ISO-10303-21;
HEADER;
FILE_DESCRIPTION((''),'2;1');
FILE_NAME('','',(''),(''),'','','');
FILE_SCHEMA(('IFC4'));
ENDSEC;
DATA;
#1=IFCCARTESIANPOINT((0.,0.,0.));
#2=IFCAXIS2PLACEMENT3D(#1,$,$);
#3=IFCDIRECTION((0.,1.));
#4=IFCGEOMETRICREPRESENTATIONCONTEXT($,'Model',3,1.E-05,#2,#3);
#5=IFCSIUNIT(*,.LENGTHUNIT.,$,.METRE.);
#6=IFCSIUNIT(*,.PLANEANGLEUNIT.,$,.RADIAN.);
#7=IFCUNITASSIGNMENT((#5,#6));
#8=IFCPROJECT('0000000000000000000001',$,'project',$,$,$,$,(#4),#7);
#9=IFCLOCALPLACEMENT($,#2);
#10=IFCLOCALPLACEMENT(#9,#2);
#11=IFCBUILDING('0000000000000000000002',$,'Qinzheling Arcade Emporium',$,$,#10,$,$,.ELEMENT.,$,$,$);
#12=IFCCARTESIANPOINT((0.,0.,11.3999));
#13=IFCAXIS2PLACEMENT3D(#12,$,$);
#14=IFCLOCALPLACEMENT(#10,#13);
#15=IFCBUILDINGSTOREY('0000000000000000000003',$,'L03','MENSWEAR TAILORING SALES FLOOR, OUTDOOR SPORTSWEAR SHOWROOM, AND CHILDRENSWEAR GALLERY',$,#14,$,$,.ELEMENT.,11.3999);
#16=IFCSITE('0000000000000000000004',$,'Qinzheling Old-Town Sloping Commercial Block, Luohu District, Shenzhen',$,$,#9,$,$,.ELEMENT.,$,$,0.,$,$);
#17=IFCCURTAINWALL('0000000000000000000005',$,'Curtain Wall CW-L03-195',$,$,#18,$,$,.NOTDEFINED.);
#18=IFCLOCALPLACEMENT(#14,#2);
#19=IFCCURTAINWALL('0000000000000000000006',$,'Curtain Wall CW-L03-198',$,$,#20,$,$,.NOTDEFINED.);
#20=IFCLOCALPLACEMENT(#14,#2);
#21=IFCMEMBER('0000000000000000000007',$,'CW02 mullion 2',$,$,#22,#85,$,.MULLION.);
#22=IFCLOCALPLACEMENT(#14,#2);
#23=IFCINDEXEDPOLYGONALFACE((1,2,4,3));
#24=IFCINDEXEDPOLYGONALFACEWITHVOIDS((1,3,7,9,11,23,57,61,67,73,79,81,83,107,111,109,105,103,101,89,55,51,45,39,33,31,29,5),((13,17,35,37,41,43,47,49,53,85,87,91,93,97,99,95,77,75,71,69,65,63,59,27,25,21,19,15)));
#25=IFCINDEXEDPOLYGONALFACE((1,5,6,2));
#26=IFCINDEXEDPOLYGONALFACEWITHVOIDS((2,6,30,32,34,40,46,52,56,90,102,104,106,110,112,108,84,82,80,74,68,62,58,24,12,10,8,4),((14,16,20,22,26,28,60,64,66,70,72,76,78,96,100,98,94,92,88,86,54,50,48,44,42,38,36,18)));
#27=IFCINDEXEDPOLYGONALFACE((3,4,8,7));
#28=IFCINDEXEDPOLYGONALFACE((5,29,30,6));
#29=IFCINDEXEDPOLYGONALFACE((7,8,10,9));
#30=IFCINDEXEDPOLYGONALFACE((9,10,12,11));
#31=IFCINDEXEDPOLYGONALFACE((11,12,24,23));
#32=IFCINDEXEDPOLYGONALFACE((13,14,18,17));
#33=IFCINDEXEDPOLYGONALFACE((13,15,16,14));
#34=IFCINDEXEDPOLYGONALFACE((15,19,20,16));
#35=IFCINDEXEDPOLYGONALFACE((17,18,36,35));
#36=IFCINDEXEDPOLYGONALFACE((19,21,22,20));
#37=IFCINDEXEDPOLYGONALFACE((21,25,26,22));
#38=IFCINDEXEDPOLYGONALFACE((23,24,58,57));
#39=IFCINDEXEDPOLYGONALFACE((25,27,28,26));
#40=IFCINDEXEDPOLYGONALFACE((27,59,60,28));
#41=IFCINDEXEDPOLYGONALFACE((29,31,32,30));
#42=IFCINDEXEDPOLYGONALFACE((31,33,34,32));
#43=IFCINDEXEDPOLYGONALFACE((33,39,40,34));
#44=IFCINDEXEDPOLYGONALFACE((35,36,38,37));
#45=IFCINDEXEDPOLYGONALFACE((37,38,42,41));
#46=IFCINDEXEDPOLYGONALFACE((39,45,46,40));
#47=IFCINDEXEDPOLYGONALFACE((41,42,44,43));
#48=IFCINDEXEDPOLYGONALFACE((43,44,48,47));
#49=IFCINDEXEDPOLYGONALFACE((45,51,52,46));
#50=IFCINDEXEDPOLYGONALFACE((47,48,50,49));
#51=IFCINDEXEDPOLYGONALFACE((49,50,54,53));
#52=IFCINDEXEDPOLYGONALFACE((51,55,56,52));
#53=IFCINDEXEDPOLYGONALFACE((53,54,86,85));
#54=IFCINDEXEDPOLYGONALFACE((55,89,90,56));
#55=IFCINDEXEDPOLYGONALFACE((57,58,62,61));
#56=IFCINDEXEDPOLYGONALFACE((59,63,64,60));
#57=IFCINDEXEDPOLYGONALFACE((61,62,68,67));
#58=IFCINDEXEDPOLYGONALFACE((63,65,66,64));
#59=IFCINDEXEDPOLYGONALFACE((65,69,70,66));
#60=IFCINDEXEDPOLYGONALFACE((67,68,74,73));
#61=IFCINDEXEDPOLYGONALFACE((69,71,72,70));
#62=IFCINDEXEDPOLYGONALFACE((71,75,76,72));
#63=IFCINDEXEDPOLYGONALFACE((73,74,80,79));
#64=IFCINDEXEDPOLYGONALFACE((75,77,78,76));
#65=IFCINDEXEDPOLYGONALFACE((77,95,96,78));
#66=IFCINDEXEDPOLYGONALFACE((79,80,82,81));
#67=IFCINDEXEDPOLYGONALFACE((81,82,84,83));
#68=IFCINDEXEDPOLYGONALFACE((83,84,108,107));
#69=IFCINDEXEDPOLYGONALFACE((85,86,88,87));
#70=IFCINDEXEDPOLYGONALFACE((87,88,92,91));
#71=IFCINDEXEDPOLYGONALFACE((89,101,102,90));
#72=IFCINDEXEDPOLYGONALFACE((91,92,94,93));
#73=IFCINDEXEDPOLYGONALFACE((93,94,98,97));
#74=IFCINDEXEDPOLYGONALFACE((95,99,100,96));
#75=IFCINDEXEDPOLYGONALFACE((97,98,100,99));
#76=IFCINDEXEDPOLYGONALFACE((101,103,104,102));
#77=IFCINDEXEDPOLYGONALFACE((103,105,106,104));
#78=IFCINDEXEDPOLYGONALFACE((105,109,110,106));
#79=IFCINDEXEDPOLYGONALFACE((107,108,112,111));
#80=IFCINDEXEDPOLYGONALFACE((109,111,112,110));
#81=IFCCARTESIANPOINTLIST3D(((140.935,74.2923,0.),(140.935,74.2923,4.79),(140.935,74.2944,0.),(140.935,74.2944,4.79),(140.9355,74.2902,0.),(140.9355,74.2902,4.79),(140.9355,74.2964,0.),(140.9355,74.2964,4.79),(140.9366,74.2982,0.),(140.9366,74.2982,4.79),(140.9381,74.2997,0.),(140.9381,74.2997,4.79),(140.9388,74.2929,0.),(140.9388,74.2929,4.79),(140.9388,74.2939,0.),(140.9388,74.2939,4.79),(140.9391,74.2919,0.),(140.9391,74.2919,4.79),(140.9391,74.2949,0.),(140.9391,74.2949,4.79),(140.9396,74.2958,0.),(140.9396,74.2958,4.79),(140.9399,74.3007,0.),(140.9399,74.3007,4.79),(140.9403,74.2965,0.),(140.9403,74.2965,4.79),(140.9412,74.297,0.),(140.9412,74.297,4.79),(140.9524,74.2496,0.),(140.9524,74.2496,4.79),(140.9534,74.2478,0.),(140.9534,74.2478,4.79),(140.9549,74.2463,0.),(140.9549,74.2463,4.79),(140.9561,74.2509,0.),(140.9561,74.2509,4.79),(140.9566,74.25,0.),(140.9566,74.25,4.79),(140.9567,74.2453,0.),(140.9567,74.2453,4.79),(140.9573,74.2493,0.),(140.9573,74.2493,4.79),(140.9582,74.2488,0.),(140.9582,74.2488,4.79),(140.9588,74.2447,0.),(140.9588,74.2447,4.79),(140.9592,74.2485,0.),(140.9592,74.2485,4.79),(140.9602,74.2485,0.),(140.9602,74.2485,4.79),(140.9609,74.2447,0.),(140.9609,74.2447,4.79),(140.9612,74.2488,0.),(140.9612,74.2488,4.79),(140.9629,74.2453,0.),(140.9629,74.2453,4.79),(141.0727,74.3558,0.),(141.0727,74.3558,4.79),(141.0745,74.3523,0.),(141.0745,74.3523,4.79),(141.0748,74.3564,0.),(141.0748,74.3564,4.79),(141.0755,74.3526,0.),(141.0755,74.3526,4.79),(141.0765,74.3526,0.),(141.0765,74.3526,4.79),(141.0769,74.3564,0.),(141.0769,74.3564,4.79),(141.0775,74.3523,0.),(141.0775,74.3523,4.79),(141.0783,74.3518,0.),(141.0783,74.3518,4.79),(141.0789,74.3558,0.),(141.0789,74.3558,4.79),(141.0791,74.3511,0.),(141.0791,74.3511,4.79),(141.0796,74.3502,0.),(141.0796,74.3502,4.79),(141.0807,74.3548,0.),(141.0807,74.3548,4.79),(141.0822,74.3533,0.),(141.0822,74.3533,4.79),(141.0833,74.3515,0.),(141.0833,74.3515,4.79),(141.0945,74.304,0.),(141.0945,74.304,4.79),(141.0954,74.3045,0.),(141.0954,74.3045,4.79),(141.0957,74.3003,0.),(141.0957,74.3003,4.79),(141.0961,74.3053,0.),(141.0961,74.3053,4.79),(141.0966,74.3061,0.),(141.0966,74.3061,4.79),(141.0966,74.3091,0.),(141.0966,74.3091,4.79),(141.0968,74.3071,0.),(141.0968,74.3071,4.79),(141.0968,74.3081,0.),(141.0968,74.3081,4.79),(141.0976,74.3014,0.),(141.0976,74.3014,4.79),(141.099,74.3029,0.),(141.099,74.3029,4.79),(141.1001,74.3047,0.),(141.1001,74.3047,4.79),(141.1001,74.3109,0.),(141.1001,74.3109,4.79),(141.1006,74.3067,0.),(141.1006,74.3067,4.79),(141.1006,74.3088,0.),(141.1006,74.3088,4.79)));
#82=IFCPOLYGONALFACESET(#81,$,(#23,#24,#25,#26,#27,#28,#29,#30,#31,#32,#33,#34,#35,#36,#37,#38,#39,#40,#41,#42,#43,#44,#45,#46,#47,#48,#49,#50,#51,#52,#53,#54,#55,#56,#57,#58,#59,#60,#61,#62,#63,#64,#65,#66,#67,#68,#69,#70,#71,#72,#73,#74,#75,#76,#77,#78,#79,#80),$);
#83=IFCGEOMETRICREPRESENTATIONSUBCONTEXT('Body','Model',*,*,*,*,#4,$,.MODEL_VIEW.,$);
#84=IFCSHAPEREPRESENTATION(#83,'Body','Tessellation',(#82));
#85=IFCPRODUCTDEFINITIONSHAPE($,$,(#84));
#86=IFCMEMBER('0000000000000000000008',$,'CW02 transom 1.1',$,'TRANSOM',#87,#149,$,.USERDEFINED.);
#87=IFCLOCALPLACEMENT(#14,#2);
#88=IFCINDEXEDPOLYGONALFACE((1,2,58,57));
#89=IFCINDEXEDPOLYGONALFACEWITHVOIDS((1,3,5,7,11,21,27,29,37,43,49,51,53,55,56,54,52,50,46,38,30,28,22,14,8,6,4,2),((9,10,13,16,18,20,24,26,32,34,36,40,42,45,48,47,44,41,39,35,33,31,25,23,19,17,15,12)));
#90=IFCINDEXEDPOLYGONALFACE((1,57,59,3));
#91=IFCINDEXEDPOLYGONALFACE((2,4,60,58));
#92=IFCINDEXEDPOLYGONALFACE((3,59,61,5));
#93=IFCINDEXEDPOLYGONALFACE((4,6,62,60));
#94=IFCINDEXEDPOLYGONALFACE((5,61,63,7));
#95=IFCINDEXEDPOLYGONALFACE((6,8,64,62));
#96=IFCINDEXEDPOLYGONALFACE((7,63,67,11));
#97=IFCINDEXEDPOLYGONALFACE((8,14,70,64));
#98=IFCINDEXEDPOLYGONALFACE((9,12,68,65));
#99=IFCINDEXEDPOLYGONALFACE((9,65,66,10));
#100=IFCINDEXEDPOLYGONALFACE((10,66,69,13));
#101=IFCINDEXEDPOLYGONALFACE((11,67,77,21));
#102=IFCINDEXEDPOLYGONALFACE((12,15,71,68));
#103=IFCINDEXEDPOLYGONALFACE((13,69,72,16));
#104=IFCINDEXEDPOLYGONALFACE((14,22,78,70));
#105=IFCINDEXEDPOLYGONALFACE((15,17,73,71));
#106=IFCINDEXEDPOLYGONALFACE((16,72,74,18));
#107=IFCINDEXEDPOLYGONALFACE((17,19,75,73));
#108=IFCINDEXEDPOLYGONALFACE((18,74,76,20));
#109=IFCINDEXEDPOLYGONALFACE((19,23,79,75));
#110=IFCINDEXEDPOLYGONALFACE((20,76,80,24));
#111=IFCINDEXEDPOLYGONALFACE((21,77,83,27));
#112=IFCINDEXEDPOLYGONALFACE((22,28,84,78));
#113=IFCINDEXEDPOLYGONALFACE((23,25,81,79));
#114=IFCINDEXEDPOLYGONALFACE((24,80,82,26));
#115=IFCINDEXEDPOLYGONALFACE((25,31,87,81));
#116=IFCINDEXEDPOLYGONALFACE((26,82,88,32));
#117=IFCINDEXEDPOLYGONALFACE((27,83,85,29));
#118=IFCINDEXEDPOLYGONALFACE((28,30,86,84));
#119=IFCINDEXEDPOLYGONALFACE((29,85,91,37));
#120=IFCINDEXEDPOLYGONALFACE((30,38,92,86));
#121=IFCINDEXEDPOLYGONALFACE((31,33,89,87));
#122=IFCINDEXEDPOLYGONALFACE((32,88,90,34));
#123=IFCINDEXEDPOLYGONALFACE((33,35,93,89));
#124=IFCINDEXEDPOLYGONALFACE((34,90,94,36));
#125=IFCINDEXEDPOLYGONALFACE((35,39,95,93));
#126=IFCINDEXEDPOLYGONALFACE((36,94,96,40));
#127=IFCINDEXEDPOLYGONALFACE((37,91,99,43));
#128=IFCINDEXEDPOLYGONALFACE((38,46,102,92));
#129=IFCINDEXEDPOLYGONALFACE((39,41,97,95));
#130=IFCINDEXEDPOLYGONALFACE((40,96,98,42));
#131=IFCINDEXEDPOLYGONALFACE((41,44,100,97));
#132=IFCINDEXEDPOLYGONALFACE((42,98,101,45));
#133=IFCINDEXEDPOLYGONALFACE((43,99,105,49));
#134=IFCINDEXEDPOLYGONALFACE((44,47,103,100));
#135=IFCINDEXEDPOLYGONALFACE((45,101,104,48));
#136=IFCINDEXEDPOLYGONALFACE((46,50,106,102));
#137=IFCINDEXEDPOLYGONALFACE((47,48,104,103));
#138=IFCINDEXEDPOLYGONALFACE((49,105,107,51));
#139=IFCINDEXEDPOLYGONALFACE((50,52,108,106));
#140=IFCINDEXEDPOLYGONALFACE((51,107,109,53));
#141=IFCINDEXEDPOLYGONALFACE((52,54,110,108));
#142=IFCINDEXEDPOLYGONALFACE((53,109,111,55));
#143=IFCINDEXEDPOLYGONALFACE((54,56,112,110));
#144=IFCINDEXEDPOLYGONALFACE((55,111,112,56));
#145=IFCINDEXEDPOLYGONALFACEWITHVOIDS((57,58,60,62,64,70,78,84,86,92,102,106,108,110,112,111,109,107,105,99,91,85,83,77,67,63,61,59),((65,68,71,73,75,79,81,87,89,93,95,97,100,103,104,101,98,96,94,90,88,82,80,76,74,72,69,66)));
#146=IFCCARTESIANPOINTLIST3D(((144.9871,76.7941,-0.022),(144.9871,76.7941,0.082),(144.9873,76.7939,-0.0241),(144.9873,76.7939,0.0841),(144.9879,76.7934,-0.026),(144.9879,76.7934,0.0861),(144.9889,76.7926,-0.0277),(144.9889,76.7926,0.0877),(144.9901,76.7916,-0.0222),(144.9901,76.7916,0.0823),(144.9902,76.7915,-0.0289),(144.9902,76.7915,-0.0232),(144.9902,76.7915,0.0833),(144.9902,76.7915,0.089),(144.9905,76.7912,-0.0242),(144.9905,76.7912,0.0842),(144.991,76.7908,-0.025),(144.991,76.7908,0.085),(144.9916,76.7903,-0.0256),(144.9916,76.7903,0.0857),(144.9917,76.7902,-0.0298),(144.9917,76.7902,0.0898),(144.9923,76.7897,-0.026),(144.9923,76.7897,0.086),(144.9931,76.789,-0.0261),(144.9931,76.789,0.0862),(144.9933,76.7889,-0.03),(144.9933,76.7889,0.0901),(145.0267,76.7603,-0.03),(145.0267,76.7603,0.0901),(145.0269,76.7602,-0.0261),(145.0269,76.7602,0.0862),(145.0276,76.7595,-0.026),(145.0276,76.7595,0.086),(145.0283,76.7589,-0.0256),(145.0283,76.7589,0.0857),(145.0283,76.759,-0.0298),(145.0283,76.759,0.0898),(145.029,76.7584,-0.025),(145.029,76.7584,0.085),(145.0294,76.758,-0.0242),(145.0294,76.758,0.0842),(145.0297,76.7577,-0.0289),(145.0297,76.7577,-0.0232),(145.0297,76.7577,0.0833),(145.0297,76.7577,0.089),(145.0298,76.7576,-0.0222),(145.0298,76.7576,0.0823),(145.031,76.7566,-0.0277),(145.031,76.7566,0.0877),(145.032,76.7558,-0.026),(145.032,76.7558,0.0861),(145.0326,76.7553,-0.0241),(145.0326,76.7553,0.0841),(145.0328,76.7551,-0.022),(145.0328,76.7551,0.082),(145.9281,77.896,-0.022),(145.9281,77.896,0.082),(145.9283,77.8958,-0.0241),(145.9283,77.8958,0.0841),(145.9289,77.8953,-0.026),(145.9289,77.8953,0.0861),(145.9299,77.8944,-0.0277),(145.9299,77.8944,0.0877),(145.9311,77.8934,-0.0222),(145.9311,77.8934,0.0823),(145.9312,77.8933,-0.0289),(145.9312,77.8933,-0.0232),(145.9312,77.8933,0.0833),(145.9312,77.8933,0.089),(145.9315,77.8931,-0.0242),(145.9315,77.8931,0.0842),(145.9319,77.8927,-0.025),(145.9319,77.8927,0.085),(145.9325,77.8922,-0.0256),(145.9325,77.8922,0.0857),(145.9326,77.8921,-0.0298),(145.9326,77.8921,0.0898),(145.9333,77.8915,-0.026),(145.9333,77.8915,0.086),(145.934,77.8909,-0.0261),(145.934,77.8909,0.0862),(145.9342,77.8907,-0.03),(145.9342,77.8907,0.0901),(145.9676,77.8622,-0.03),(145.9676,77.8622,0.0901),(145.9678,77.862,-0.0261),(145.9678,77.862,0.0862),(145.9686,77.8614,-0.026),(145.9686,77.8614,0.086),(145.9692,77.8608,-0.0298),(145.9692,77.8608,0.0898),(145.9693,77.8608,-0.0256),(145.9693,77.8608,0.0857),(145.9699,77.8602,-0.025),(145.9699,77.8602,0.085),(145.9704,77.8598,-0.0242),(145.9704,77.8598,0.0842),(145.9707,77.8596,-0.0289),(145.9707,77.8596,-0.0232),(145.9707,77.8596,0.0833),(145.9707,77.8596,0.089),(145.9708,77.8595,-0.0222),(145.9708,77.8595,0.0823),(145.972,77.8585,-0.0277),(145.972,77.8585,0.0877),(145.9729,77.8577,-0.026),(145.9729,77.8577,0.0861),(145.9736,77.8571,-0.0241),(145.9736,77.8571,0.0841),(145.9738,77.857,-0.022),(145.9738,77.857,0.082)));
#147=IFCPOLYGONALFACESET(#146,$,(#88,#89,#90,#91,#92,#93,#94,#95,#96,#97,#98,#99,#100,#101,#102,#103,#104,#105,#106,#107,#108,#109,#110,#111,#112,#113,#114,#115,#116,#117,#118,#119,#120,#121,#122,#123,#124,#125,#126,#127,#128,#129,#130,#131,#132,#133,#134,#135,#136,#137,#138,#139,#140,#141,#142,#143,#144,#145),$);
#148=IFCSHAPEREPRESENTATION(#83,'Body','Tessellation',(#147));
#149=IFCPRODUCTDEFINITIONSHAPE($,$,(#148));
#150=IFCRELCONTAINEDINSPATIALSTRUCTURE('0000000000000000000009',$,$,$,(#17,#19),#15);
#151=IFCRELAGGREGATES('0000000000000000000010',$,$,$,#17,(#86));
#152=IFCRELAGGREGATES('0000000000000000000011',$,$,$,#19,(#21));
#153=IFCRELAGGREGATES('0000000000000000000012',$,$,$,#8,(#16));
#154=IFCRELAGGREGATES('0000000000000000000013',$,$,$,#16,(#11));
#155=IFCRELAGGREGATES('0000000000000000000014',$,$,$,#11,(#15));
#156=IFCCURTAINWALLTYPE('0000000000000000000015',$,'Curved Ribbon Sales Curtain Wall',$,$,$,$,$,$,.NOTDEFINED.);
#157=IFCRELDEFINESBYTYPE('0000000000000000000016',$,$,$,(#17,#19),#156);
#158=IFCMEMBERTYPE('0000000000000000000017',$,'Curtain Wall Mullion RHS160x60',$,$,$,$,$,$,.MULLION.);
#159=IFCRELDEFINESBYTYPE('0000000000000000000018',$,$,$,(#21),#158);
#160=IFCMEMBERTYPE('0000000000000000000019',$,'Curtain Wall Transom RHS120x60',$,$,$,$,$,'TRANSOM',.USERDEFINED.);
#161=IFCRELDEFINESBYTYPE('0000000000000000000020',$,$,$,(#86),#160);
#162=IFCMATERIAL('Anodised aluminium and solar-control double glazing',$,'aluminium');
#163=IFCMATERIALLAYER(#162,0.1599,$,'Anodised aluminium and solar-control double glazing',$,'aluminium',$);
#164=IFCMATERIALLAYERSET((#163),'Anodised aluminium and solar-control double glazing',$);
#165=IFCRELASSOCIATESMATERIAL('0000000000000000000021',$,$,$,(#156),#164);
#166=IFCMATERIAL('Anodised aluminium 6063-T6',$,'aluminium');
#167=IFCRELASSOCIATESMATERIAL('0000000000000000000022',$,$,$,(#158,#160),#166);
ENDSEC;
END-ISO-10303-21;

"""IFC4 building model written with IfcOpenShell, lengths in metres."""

from ifc_helpers import new_model, si_unit, direction, frame, origin, origin_2d, place, context, subcontext, project, spatial, hollow_rectangle, extrude, material, layer, layer_set, material_profile, profile_set, type_object, element, aggregate, save


model = new_model("IFC4")

# Units and contexts
model_context = context("Model", 3, precision=1e-05, world=origin(), true_north=direction((0.0, 1.0)))
body_context = subcontext(model_context, "Body", "Model", "MODEL_VIEW")
ifc_project = project(units=[si_unit("LENGTHUNIT", "METRE"), si_unit("PLANEANGLEUNIT", "RADIAN")], contexts=[model_context])

# Site, building, storey
site_placement = place(None, origin())
site = spatial("IfcSite", under=ifc_project, at=site_placement, Name="Qinzheling Old-Town Sloping Commercial Block, Luohu District, Shenzhen", CompositionType="ELEMENT", RefElevation=0.0)
building_placement = place(site_placement, origin())
building = spatial("IfcBuilding", under=site, at=building_placement, Name="Qinzheling Arcade Emporium", CompositionType="ELEMENT")
storey_placement = place(building_placement, frame((0.0, 0.0, 11.3999)))
storey = spatial("IfcBuildingStorey", under=building, at=storey_placement, Name="L03", Description="MENSWEAR TAILORING SALES FLOOR, OUTDOOR SPORTSWEAR SHOWROOM, AND CHILDRENSWEAR GALLERY", CompositionType="ELEMENT", Elevation=11.3999)

# Shared definitions
ifc_material_1 = material(Name="Anodised aluminium and solar-control double glazing", Category="aluminium")
ifc_layer_1 = layer(ifc_material_1, 0.1599, Name="Anodised aluminium and solar-control double glazing", Category="aluminium")
ifc_layer_set_1 = layer_set([ifc_layer_1], Name="Anodised aluminium and solar-control double glazing")
curtain_wall_type = type_object("IfcCurtainWallType", Name="Curved Ribbon Sales Curtain Wall", PredefinedType="NOTDEFINED", material=ifc_layer_set_1)
ifc_material_2 = material(Name="Anodised aluminium 6063-T6", Category="aluminium")
ifc_material_profile_1 = material_profile(ifc_material_2, hollow_rectangle(XDim=0.0601, YDim=0.1599, WallThickness=0.0039, InnerFilletRadius=0.0039, OuterFilletRadius=0.0081, at=origin_2d()), Name="RHS 160x60x4", Category="aluminium")
ifc_profile_set_1 = profile_set([ifc_material_profile_1], Name="Anodised aluminium 6063-T6")
member_type_1 = type_object("IfcMemberType", Name="Curtain Wall Mullion RHS160x60", PredefinedType="MULLION", material=ifc_profile_set_1)

# Curtain walls, member
curtain_wall_1_placement = place(storey_placement, origin())
curtain_wall_1 = element("IfcCurtainWall", 1, at=curtain_wall_1_placement, inside=storey, type_object=curtain_wall_type, Name="Curtain Wall CW-L03-195", PredefinedType="NOTDEFINED")
curtain_wall_2_placement = place(storey_placement, origin())
curtain_wall_2 = element("IfcCurtainWall", 2, at=curtain_wall_2_placement, inside=storey, type_object=curtain_wall_type, Name="Curtain Wall CW-L03-198", PredefinedType="NOTDEFINED")
member_1_placement = place(storey_placement, frame((141.0178, 74.3005, 0.0), z_axis=(0.0, 0.0, 1.0), x_axis=(0.382896, -0.923792, 0.0)))
member_1 = element("IfcMember", 3, at=member_1_placement, type_object=member_type_1, Name="CW02 mullion 2", PredefinedType="MULLION", context=body_context, shape_type="SweptSolid", body=[
    extrude(hollow_rectangle(XDim=0.0601, YDim=0.1599, WallThickness=0.0039, InnerFilletRadius=0.0039, OuterFilletRadius=0.0081, at=origin_2d()), origin(), (0.0, 0.0, 1.0), 4.79),
])

# Member
ifc_material_profile_2 = material_profile(ifc_material_2, hollow_rectangle(XDim=0.0601, YDim=0.1201, WallThickness=0.0039, InnerFilletRadius=0.0039, OuterFilletRadius=0.0081, at=origin_2d()), Name="RHS 120x60x4", Category="aluminium")
ifc_profile_set_2 = profile_set([ifc_material_profile_2], Name="Anodised aluminium 6063-T6")
member_type_2 = type_object("IfcMemberType", Name="Curtain Wall Transom RHS120x60", ElementType="TRANSOM", PredefinedType="USERDEFINED", material=ifc_profile_set_2)
member_2_placement = place(storey_placement, frame((145.9509, 77.8765, 0.03), z_axis=(-0.649403, -0.760445, 0.0), x_axis=(0.760445, -0.649403, 0.0)))
member_2 = element("IfcMember", 4, at=member_2_placement, type_object=member_type_2, Name="CW02 transom 1.1", ObjectType="TRANSOM", PredefinedType="USERDEFINED", context=body_context, shape_type="SweptSolid", body=[
    extrude(hollow_rectangle(XDim=0.0601, YDim=0.1201, WallThickness=0.0039, InnerFilletRadius=0.0039, OuterFilletRadius=0.0081, at=origin_2d()), origin(), (0.0, 0.0, 1.0), 1.449),
])

aggregate(curtain_wall_1, [member_2])
aggregate(curtain_wall_2, [member_1])

save(model, "model.ifc")
